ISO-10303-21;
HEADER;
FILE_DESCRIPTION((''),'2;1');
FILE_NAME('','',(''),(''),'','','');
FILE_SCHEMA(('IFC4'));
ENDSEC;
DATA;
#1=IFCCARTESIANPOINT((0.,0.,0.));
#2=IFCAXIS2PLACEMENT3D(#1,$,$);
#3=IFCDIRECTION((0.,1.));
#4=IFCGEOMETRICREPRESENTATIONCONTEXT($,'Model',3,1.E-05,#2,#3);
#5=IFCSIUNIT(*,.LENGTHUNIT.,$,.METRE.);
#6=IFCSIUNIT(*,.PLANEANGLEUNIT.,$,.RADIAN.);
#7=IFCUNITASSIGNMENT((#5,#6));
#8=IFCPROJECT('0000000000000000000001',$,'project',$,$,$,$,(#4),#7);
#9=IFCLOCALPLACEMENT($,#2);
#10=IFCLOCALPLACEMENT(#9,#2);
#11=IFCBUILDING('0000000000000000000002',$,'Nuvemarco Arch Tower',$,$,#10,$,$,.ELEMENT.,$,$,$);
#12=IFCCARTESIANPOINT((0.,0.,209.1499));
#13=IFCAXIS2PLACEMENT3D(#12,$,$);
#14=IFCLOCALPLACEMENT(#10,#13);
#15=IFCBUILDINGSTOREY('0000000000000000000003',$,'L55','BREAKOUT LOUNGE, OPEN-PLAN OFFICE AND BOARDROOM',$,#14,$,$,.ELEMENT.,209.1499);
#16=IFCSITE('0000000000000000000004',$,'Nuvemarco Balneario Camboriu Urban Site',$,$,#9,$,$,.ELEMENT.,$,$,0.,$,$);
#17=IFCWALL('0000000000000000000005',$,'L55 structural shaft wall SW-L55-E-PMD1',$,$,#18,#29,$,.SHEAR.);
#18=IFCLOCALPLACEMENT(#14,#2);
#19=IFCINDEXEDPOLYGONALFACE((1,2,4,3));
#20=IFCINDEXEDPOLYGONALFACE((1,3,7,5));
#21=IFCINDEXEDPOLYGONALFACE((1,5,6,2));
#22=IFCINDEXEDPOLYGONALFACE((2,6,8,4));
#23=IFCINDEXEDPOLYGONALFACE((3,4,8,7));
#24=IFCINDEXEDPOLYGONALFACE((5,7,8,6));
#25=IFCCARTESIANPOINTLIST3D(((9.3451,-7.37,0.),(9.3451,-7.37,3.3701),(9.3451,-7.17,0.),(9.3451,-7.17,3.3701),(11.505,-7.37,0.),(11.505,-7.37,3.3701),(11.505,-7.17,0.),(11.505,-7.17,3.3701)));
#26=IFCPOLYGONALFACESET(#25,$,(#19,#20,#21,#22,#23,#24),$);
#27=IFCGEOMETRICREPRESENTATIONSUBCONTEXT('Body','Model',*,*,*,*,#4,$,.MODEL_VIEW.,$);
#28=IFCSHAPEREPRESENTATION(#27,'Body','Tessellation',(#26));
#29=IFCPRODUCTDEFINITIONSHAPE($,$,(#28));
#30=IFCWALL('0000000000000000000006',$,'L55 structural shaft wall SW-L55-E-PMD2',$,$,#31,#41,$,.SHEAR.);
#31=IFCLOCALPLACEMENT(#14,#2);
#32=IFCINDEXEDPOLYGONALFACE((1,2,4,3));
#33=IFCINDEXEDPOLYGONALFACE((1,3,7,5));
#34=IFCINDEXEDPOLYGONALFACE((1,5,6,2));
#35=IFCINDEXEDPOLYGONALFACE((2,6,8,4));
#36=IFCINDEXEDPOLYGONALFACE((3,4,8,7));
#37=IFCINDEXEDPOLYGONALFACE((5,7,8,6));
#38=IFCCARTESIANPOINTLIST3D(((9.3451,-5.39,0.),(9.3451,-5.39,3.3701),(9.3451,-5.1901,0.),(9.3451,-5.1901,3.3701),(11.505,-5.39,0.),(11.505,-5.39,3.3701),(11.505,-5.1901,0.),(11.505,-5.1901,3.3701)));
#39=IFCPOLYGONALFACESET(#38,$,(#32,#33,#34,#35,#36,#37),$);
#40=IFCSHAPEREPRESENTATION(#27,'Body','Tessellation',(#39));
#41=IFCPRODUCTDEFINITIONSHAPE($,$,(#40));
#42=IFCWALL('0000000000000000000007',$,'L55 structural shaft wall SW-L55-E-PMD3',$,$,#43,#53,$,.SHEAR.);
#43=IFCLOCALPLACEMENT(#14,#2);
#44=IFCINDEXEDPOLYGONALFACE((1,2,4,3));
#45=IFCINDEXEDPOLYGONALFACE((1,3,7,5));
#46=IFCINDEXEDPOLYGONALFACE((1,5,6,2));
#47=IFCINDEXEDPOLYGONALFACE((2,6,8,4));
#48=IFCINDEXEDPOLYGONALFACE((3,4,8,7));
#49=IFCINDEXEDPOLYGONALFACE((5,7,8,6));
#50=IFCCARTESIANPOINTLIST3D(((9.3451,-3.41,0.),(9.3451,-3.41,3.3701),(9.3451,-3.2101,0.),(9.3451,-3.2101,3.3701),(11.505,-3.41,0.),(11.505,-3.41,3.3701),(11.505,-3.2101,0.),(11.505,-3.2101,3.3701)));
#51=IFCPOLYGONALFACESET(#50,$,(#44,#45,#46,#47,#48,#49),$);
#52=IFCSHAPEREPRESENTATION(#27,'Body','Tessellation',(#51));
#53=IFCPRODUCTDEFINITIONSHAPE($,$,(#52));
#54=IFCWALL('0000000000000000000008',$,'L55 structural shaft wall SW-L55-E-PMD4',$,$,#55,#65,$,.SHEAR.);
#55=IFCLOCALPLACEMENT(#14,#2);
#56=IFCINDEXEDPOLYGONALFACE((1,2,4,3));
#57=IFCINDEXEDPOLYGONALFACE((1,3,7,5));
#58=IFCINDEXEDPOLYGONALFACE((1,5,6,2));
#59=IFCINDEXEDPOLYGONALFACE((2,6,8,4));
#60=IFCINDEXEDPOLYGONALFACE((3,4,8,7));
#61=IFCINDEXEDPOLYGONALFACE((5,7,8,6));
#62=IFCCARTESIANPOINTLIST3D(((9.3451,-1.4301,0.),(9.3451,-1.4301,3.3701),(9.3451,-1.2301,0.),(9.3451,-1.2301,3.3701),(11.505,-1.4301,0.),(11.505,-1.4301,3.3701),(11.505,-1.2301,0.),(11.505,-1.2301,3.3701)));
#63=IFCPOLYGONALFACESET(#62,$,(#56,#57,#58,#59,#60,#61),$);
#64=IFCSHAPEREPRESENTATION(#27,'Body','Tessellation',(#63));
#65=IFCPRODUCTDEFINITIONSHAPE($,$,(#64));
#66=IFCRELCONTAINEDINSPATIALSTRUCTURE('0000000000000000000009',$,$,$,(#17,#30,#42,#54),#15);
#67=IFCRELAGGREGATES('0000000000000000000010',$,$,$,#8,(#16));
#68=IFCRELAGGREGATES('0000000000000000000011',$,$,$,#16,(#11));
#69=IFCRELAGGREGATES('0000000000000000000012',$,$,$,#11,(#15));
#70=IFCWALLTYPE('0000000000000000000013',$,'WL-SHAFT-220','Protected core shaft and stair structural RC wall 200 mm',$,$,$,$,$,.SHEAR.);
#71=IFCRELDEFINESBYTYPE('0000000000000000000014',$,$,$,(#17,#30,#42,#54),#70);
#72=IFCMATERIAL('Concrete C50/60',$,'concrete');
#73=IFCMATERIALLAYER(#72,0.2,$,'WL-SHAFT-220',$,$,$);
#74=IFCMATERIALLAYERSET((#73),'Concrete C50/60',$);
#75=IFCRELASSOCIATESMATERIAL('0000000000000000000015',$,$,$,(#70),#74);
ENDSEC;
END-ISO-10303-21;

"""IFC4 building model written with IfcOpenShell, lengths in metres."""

from ifc_helpers import new_model, si_unit, direction, frame, frame_2d, origin, place, context, subcontext, project, spatial, rectangle, extrude, material, layer, layer_set, type_object, element, save


model = new_model("IFC4")

# Units and contexts
model_context = context("Model", 3, precision=1e-05, world=origin(), true_north=direction((0.0, 1.0)))
body_context = subcontext(model_context, "Body", "Model", "MODEL_VIEW")
ifc_project = project(units=[si_unit("LENGTHUNIT", "METRE"), si_unit("PLANEANGLEUNIT", "RADIAN")], contexts=[model_context])

# Site, building, storey
site_placement = place(None, origin())
site = spatial("IfcSite", under=ifc_project, at=site_placement, Name="Nuvemarco Balneario Camboriu Urban Site", CompositionType="ELEMENT", RefElevation=0.0)
building_placement = place(site_placement, origin())
building = spatial("IfcBuilding", under=site, at=building_placement, Name="Nuvemarco Arch Tower", CompositionType="ELEMENT")
storey_placement = place(building_placement, frame((0.0, 0.0, 209.1499)))
storey = spatial("IfcBuildingStorey", under=building, at=storey_placement, Name="L55", Description="BREAKOUT LOUNGE, OPEN-PLAN OFFICE AND BOARDROOM", CompositionType="ELEMENT", Elevation=209.1499)

# Shared definitions
ifc_material_1 = material(Name="Concrete C50/60", Category="concrete")

# Shared definitions
ifc_layer_1 = layer(ifc_material_1, 0.2, Name="WL-SHAFT-220")
ifc_layer_set_1 = layer_set([ifc_layer_1], Name="Concrete C50/60")
wall_type_1 = type_object("IfcWallType", Name="WL-SHAFT-220", Description="Protected core shaft and stair structural RC wall 200 mm", PredefinedType="SHEAR", material=ifc_layer_set_1)

# Walls
for number, where, z_axis, x_axis, name in (
    (1, (9.345, -7.27, 0.0), (0.0, 0.0, 1.0), (1.0, 0.0, 0.0), "L55 structural shaft wall SW-L55-E-PMD1"),
    (2, (9.345, -5.29, 0.0), (0.0, 0.0, 1.0), (1.0, 0.0, 0.0), "L55 structural shaft wall SW-L55-E-PMD2"),
    (3, (9.345, -3.3101, 0.0), (0.0, 0.0, 1.0), (1.0, 0.0, 0.0), "L55 structural shaft wall SW-L55-E-PMD3"),
    (4, (9.345, -1.3301, 0.0), (0.0, 0.0, 1.0), (1.0, 0.0, 0.0), "L55 structural shaft wall SW-L55-E-PMD4"),
):
    element("IfcWall", number, at=place(storey_placement, frame(where, z_axis=z_axis, x_axis=x_axis)), inside=storey, type_object=wall_type_1, Name=name, PredefinedType="SHEAR", context=body_context, shape_type="SweptSolid", body=[
        extrude(rectangle(XDim=2.1599, YDim=0.2, at=frame_2d((1.0801, 0.0))), origin(), (0.0, 0.0, 1.0), 3.3701),
    ])

save(model, "model.ifc")
